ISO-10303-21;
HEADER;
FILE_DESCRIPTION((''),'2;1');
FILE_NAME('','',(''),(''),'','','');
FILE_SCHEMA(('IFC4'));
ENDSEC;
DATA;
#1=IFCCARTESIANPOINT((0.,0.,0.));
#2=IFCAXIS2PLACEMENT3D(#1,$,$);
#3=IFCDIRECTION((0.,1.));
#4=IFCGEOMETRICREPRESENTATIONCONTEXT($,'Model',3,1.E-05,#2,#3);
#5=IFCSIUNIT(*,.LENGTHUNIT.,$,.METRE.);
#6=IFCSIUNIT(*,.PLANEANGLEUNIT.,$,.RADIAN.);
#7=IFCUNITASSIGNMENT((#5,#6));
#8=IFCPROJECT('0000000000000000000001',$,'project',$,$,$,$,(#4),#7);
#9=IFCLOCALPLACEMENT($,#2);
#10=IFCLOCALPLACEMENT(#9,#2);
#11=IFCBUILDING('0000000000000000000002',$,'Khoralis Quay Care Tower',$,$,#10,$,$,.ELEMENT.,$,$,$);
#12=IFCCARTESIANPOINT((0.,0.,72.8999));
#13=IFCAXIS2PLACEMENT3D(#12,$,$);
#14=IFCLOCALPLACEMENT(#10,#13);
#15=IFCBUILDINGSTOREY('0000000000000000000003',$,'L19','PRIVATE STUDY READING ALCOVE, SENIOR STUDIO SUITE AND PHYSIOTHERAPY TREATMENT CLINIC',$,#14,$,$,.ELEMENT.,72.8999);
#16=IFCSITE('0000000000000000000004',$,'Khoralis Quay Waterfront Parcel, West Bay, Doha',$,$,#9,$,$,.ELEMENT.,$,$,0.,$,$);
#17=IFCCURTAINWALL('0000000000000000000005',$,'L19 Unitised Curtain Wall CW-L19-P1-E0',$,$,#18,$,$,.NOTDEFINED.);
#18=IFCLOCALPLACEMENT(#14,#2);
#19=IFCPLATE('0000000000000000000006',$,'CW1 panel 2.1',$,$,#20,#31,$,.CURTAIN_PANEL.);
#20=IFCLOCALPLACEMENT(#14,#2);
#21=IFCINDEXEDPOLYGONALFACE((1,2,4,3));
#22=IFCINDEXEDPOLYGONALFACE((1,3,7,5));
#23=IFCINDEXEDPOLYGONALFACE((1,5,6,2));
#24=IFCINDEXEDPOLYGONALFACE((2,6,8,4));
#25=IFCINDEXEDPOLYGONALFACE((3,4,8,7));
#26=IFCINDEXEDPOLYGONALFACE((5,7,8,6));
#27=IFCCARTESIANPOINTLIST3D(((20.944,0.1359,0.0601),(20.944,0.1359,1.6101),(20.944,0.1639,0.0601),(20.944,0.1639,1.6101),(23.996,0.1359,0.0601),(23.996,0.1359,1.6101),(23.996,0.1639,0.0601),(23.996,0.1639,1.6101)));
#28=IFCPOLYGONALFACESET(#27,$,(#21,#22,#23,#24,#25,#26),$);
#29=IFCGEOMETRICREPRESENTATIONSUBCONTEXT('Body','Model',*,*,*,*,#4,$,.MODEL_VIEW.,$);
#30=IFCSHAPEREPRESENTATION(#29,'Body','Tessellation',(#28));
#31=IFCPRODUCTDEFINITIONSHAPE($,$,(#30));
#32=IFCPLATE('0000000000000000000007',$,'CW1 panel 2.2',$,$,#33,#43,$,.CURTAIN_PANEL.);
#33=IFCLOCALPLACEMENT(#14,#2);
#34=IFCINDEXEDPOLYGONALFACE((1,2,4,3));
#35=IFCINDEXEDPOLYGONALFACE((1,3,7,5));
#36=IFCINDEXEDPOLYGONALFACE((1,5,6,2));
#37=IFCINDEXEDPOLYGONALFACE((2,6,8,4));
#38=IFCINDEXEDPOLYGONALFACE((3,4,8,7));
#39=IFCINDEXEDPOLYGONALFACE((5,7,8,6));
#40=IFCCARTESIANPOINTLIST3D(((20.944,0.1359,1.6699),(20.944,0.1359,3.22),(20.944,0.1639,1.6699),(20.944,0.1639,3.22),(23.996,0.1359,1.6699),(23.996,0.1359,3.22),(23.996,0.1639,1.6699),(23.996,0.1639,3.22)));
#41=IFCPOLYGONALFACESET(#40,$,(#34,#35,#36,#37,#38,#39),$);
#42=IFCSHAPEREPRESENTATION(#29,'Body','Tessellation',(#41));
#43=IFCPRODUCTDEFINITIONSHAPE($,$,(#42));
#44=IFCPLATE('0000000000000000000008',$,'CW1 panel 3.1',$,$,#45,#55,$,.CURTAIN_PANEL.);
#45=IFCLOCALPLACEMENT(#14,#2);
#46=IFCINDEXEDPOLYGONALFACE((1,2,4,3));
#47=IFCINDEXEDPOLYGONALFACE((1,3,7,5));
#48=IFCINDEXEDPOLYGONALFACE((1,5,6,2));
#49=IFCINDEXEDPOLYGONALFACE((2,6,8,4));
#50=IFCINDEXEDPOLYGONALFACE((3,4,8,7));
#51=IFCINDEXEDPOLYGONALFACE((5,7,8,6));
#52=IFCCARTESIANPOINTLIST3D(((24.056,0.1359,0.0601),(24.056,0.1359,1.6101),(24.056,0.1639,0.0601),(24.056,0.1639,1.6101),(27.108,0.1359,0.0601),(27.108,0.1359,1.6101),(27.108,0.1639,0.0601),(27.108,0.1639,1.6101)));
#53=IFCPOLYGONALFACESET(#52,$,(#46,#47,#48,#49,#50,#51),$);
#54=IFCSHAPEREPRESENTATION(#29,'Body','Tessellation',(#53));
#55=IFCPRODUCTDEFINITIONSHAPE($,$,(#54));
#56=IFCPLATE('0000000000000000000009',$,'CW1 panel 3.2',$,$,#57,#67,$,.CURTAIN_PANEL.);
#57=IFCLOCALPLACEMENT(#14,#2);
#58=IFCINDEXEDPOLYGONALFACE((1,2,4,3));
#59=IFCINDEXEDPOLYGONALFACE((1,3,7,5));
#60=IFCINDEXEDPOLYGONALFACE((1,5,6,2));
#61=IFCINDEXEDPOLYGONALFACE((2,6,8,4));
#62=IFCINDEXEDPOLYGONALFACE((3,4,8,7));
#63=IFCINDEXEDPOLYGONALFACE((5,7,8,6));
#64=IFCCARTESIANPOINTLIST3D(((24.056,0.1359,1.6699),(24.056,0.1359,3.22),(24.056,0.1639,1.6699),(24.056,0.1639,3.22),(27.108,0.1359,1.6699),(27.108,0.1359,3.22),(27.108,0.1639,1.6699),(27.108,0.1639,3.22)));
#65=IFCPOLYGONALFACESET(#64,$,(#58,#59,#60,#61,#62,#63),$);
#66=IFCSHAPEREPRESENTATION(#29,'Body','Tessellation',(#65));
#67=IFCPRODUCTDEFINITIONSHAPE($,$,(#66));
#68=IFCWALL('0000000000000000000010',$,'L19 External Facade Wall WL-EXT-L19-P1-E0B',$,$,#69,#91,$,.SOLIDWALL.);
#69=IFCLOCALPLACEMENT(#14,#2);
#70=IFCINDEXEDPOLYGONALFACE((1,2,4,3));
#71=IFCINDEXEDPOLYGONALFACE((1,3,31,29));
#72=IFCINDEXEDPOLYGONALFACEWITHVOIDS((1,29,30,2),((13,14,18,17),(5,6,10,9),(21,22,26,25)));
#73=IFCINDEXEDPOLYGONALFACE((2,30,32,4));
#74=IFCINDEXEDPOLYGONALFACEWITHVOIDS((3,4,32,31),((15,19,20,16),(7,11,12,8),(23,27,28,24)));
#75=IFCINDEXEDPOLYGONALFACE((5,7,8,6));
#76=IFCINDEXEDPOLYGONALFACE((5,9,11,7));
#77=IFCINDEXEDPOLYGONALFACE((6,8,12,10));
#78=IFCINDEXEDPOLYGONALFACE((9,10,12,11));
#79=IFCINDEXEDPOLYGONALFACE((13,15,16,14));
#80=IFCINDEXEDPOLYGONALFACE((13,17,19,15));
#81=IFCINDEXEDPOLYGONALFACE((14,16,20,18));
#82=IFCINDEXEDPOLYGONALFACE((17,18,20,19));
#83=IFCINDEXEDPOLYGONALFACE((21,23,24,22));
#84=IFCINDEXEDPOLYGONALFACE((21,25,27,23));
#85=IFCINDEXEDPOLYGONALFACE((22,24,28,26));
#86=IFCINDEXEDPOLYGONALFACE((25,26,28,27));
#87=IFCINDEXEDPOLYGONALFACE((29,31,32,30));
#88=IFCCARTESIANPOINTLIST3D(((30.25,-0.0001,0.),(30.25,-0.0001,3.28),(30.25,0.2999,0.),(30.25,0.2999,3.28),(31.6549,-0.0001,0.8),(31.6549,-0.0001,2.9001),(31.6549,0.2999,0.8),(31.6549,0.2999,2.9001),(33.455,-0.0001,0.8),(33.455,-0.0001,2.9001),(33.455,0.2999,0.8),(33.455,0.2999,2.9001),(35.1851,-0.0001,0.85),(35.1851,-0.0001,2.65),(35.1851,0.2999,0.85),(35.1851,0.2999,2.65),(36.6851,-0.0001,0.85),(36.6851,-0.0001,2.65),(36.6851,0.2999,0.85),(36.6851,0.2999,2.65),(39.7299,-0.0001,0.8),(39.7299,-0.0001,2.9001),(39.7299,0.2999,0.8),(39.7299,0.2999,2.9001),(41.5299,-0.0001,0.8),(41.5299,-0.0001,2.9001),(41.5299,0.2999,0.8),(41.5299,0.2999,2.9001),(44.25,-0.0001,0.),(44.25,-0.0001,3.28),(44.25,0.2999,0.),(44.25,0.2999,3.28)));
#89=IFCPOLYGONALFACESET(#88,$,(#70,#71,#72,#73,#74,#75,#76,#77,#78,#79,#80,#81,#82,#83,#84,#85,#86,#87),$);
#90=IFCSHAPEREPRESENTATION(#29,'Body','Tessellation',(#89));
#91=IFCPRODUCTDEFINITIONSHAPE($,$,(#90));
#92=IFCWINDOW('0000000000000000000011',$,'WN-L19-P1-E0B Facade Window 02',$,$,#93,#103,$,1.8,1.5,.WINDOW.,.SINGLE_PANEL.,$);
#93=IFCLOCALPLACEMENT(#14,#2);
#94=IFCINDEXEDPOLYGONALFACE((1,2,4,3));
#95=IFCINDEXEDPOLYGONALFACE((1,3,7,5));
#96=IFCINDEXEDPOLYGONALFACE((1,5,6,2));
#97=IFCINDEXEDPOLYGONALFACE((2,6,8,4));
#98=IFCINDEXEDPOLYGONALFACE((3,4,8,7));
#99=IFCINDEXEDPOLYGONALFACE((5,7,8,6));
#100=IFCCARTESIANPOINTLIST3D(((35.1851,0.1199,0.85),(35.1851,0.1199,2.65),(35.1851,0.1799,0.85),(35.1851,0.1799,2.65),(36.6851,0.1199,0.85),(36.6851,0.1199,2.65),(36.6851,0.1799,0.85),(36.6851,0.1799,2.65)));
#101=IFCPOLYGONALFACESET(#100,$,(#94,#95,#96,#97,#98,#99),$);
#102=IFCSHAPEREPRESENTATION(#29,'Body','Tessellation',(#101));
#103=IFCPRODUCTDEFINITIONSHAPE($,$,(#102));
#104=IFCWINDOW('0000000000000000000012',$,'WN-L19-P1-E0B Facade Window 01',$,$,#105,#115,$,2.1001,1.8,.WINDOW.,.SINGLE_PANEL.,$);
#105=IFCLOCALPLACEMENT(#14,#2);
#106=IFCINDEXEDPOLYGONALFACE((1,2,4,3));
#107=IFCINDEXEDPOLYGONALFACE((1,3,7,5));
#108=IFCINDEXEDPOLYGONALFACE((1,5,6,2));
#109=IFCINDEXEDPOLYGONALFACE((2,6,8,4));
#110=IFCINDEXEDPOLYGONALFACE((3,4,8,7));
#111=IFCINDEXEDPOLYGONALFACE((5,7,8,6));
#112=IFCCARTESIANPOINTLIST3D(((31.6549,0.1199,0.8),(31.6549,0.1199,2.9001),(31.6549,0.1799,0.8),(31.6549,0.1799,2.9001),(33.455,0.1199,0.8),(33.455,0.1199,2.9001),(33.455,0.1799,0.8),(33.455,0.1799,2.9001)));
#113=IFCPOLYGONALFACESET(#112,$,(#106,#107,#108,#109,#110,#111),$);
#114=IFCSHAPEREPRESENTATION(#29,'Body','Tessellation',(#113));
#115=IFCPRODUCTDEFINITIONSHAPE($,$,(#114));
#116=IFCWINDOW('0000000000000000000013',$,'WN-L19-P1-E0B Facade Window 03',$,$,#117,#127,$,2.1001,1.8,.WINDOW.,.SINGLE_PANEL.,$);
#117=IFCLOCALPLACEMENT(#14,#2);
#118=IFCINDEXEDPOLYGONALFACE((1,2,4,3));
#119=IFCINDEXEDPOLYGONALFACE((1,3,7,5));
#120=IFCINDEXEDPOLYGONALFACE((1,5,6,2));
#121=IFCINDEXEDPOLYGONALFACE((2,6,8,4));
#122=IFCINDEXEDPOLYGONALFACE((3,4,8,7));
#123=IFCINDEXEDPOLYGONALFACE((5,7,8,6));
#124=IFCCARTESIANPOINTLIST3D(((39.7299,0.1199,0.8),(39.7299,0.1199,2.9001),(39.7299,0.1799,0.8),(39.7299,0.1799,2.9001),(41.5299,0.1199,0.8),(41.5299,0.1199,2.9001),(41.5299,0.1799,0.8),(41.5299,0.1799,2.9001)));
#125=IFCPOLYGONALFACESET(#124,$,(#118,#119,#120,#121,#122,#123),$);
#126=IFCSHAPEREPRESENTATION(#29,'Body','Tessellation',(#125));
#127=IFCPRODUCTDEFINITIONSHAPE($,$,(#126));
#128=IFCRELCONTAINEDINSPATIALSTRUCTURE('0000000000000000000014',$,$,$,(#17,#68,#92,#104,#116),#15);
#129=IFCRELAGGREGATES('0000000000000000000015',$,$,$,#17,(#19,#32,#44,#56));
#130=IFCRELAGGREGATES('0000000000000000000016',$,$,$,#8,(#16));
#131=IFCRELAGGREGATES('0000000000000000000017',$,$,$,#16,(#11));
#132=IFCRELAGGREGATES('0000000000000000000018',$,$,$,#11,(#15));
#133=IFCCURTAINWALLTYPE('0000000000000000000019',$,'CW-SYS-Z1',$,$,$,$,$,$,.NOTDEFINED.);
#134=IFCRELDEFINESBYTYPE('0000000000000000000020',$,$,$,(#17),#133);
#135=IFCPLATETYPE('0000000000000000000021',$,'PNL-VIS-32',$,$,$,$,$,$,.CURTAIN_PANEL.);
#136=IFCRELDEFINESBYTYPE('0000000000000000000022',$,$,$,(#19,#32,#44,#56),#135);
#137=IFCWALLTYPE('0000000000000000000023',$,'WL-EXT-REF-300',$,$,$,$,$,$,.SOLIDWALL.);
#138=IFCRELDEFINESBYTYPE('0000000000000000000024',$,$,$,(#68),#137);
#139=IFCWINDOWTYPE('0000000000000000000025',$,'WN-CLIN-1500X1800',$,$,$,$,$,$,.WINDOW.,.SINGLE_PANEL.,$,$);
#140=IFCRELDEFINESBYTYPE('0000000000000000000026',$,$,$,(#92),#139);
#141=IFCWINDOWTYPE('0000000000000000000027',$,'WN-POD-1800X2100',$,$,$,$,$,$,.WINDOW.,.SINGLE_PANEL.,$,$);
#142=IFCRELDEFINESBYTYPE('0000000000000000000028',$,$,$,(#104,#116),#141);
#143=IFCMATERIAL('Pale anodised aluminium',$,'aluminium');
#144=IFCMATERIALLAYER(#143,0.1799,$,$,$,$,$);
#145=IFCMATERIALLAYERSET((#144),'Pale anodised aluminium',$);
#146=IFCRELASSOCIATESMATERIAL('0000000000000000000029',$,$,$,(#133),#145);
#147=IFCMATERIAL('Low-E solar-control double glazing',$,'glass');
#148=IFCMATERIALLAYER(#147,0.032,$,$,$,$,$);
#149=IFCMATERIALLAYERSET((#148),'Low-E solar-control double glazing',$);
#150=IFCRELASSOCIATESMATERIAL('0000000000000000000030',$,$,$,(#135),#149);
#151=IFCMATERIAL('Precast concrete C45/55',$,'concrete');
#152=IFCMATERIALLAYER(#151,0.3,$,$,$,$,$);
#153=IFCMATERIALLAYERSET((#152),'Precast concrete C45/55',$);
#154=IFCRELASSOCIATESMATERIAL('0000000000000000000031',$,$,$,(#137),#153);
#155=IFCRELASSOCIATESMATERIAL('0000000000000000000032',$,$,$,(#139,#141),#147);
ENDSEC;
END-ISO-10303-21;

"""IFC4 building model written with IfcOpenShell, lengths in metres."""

from ifc_helpers import new_model, si_unit, direction, frame, frame_2d, origin, origin_2d, place, context, subcontext, project, spatial, rectangle, extrude, source, transform, mapped, material, layer, layer_set, type_object, element, fill, aggregate, save


model = new_model("IFC4")

# Units and contexts
model_context = context("Model", 3, precision=1e-05, world=origin(), true_north=direction((0.0, 1.0)))
body_context = subcontext(model_context, "Body", "Model", "MODEL_VIEW")
ifc_project = project(units=[si_unit("LENGTHUNIT", "METRE"), si_unit("PLANEANGLEUNIT", "RADIAN")], contexts=[model_context])

# Site, building, storey
site_placement = place(None, origin())
site = spatial("IfcSite", under=ifc_project, at=site_placement, Name="Khoralis Quay Waterfront Parcel, West Bay, Doha", CompositionType="ELEMENT", RefElevation=0.0)
building_placement = place(site_placement, origin())
building = spatial("IfcBuilding", under=site, at=building_placement, Name="Khoralis Quay Care Tower", CompositionType="ELEMENT")
storey_placement = place(building_placement, frame((0.0, 0.0, 72.8999)))
storey = spatial("IfcBuildingStorey", under=building, at=storey_placement, Name="L19", Description="PRIVATE STUDY READING ALCOVE, SENIOR STUDIO SUITE AND PHYSIOTHERAPY TREATMENT CLINIC", CompositionType="ELEMENT", Elevation=72.8999)

# Curtain wall, plates
ifc_material_1 = material(Name="Pale anodised aluminium", Category="aluminium")
ifc_layer_1 = layer(ifc_material_1, 0.1799)
ifc_layer_set_1 = layer_set([ifc_layer_1], Name="Pale anodised aluminium")
curtain_wall_type = type_object("IfcCurtainWallType", Name="CW-SYS-Z1", PredefinedType="NOTDEFINED", material=ifc_layer_set_1)
curtain_wall_placement = place(storey_placement, origin())
curtain_wall = element("IfcCurtainWall", 1, at=curtain_wall_placement, inside=storey, type_object=curtain_wall_type, Name="L19 Unitised Curtain Wall CW-L19-P1-E0", PredefinedType="NOTDEFINED")
ifc_material_2 = material(Name="Low-E solar-control double glazing", Category="glass")
ifc_layer_2 = layer(ifc_material_2, 0.032)
ifc_layer_set_2 = layer_set([ifc_layer_2], Name="Low-E solar-control double glazing")
plate_type = type_object("IfcPlateType", Name="PNL-VIS-32", PredefinedType="CURTAIN_PANEL", material=ifc_layer_set_2)
shared_shape_1 = source(origin(), body_context, "Body", "SweptSolid", [
    extrude(rectangle(XDim=3.052, YDim=0.0281, at=origin_2d()), origin(), (0.0, 0.0, 1.0), 1.55),
])
plate_1_placement = place(storey_placement, frame((22.47, 0.1499, 0.0601), z_axis=(0.0, 0.0, 1.0), x_axis=(1.0, 0.0, 0.0)))
plate_1 = element("IfcPlate", 2, at=plate_1_placement, type_object=plate_type, Name="CW1 panel 2.1", PredefinedType="CURTAIN_PANEL", context=body_context, shape_type="MappedRepresentation", body=[
    mapped(shared_shape_1, transform((0.0, 0.0, 0.0), scale=1.0)),
])
plate_2_placement = place(storey_placement, frame((22.47, 0.1499, 1.6699), z_axis=(0.0, 0.0, 1.0), x_axis=(1.0, 0.0, 0.0)))
plate_2 = element("IfcPlate", 3, at=plate_2_placement, type_object=plate_type, Name="CW1 panel 2.2", PredefinedType="CURTAIN_PANEL", context=body_context, shape_type="MappedRepresentation", body=[
    mapped(shared_shape_1, transform((0.0, 0.0, 0.0), scale=1.0)),
])
plate_3_placement = place(storey_placement, frame((25.582, 0.1499, 0.0601), z_axis=(0.0, 0.0, 1.0), x_axis=(1.0, 0.0, 0.0)))
plate_3 = element("IfcPlate", 4, at=plate_3_placement, type_object=plate_type, Name="CW1 panel 3.1", PredefinedType="CURTAIN_PANEL", context=body_context, shape_type="MappedRepresentation", body=[
    mapped(shared_shape_1, transform((0.0, 0.0, 0.0), scale=1.0)),
])
plate_4_placement = place(storey_placement, frame((25.582, 0.1499, 1.6699), z_axis=(0.0, 0.0, 1.0), x_axis=(1.0, 0.0, 0.0)))
plate_4 = element("IfcPlate", 5, at=plate_4_placement, type_object=plate_type, Name="CW1 panel 3.2", PredefinedType="CURTAIN_PANEL", context=body_context, shape_type="MappedRepresentation", body=[
    mapped(shared_shape_1, transform((0.0, 0.0, 0.0), scale=1.0)),
])
aggregate(curtain_wall, [plate_1, plate_2, plate_3, plate_4])

# Wall, openings, windows
ifc_material_3 = material(Name="Precast concrete C45/55", Category="concrete")
ifc_layer_3 = layer(ifc_material_3, 0.3)
ifc_layer_set_3 = layer_set([ifc_layer_3], Name="Precast concrete C45/55")
wall_type_1 = type_object("IfcWallType", Name="WL-EXT-REF-300", PredefinedType="SOLIDWALL", material=ifc_layer_set_3)
wall_1_placement = place(storey_placement, frame((30.25, 0.1499, 0.0), z_axis=(0.0, 0.0, 1.0), x_axis=(1.0, 0.0, 0.0)))
wall_1 = element("IfcWall", 6, at=wall_1_placement, inside=storey, type_object=wall_type_1, Name="L19 External Facade Wall WL-EXT-L19-P1-E0B", PredefinedType="SOLIDWALL", context=body_context, shape_type="SweptSolid", body=[
    extrude(rectangle(XDim=14.0, YDim=0.3, at=frame_2d((7.0, 0.0))), origin(), (0.0, 0.0, 1.0), 3.28),
])
opening_1_placement = place(wall_1_placement, frame((1.405, 0.0, 0.8)))
opening_1 = element("IfcOpeningElement", 7, at=opening_1_placement, cuts=wall_1, PredefinedType="OPENING", context=body_context, shape_type="SweptSolid", body=[
    extrude(rectangle(XDim=1.8, YDim=2.1001, at=frame_2d((0.8999, 1.05))), frame((0.0, 0.1602, 0.0), z_axis=(0.0, -1.0, 0.0), x_axis=(1.0, 0.0, 0.0)), (0.0, 0.0, 1.0), 0.3201),
])
opening_2_placement = place(wall_1_placement, frame((4.9351, 0.0, 0.8501)))
opening_2 = element("IfcOpeningElement", 8, at=opening_2_placement, cuts=wall_1, PredefinedType="OPENING", context=body_context, shape_type="SweptSolid", body=[
    extrude(rectangle(XDim=1.5, YDim=1.8, at=frame_2d((0.75, 0.8999))), frame((0.0, 0.1602, 0.0), z_axis=(0.0, -1.0, 0.0), x_axis=(1.0, 0.0, 0.0)), (0.0, 0.0, 1.0), 0.3201),
])
opening_3_placement = place(wall_1_placement, frame((9.48, 0.0, 0.8)))
opening_3 = element("IfcOpeningElement", 9, at=opening_3_placement, cuts=wall_1, PredefinedType="OPENING", context=body_context, shape_type="SweptSolid", body=[
    extrude(rectangle(XDim=1.8, YDim=2.1001, at=frame_2d((0.8999, 1.05))), frame((0.0, 0.1602, 0.0), z_axis=(0.0, -1.0, 0.0), x_axis=(1.0, 0.0, 0.0)), (0.0, 0.0, 1.0), 0.3201),
])
window_type_1 = type_object("IfcWindowType", Name="WN-CLIN-1500X1800", PartitioningType="SINGLE_PANEL", PredefinedType="WINDOW", material=ifc_material_2)
shared_shape_2 = source(origin(), body_context, "Body", "SweptSolid", [
    extrude(rectangle(XDim=1.5, YDim=1.8, at=frame_2d((0.75, 0.8999))), frame((0.0, 0.03, 0.0), z_axis=(0.0, -1.0, 0.0), x_axis=(1.0, 0.0, 0.0)), (0.0, 0.0, 1.0), 0.0601),
])
window_1_placement = place(opening_2_placement, origin())
window_1 = element("IfcWindow", 10, at=window_1_placement, inside=storey, type_object=window_type_1, Name="WN-L19-P1-E0B Facade Window 02", OverallHeight=1.8, OverallWidth=1.5, PartitioningType="SINGLE_PANEL", PredefinedType="WINDOW", context=body_context, shape_type="MappedRepresentation", body=[
    mapped(shared_shape_2, transform((0.0, 0.0, 0.0), scale=1.0)),
])
fill(opening_2, window_1)
window_type_2 = type_object("IfcWindowType", Name="WN-POD-1800X2100", PartitioningType="SINGLE_PANEL", PredefinedType="WINDOW", material=ifc_material_2)
shared_shape_3 = source(origin(), body_context, "Body", "SweptSolid", [
    extrude(rectangle(XDim=1.8, YDim=2.1001, at=frame_2d((0.8999, 1.05))), frame((0.0, 0.03, 0.0), z_axis=(0.0, -1.0, 0.0), x_axis=(1.0, 0.0, 0.0)), (0.0, 0.0, 1.0), 0.0601),
])
window_2_placement = place(opening_1_placement, origin())
window_2 = element("IfcWindow", 11, at=window_2_placement, inside=storey, type_object=window_type_2, Name="WN-L19-P1-E0B Facade Window 01", OverallHeight=2.1001, OverallWidth=1.8, PartitioningType="SINGLE_PANEL", PredefinedType="WINDOW", context=body_context, shape_type="MappedRepresentation", body=[
    mapped(shared_shape_3, transform((0.0, 0.0, 0.0), scale=1.0)),
])
fill(opening_1, window_2)
window_3_placement = place(opening_3_placement, origin())
window_3 = element("IfcWindow", 12, at=window_3_placement, inside=storey, type_object=window_type_2, Name="WN-L19-P1-E0B Facade Window 03", OverallHeight=2.1001, OverallWidth=1.8, PartitioningType="SINGLE_PANEL", PredefinedType="WINDOW", context=body_context, shape_type="MappedRepresentation", body=[
    mapped(shared_shape_3, transform((0.0, 0.0, 0.0), scale=1.0)),
])
fill(opening_3, window_3)

save(model, "model.ifc")
